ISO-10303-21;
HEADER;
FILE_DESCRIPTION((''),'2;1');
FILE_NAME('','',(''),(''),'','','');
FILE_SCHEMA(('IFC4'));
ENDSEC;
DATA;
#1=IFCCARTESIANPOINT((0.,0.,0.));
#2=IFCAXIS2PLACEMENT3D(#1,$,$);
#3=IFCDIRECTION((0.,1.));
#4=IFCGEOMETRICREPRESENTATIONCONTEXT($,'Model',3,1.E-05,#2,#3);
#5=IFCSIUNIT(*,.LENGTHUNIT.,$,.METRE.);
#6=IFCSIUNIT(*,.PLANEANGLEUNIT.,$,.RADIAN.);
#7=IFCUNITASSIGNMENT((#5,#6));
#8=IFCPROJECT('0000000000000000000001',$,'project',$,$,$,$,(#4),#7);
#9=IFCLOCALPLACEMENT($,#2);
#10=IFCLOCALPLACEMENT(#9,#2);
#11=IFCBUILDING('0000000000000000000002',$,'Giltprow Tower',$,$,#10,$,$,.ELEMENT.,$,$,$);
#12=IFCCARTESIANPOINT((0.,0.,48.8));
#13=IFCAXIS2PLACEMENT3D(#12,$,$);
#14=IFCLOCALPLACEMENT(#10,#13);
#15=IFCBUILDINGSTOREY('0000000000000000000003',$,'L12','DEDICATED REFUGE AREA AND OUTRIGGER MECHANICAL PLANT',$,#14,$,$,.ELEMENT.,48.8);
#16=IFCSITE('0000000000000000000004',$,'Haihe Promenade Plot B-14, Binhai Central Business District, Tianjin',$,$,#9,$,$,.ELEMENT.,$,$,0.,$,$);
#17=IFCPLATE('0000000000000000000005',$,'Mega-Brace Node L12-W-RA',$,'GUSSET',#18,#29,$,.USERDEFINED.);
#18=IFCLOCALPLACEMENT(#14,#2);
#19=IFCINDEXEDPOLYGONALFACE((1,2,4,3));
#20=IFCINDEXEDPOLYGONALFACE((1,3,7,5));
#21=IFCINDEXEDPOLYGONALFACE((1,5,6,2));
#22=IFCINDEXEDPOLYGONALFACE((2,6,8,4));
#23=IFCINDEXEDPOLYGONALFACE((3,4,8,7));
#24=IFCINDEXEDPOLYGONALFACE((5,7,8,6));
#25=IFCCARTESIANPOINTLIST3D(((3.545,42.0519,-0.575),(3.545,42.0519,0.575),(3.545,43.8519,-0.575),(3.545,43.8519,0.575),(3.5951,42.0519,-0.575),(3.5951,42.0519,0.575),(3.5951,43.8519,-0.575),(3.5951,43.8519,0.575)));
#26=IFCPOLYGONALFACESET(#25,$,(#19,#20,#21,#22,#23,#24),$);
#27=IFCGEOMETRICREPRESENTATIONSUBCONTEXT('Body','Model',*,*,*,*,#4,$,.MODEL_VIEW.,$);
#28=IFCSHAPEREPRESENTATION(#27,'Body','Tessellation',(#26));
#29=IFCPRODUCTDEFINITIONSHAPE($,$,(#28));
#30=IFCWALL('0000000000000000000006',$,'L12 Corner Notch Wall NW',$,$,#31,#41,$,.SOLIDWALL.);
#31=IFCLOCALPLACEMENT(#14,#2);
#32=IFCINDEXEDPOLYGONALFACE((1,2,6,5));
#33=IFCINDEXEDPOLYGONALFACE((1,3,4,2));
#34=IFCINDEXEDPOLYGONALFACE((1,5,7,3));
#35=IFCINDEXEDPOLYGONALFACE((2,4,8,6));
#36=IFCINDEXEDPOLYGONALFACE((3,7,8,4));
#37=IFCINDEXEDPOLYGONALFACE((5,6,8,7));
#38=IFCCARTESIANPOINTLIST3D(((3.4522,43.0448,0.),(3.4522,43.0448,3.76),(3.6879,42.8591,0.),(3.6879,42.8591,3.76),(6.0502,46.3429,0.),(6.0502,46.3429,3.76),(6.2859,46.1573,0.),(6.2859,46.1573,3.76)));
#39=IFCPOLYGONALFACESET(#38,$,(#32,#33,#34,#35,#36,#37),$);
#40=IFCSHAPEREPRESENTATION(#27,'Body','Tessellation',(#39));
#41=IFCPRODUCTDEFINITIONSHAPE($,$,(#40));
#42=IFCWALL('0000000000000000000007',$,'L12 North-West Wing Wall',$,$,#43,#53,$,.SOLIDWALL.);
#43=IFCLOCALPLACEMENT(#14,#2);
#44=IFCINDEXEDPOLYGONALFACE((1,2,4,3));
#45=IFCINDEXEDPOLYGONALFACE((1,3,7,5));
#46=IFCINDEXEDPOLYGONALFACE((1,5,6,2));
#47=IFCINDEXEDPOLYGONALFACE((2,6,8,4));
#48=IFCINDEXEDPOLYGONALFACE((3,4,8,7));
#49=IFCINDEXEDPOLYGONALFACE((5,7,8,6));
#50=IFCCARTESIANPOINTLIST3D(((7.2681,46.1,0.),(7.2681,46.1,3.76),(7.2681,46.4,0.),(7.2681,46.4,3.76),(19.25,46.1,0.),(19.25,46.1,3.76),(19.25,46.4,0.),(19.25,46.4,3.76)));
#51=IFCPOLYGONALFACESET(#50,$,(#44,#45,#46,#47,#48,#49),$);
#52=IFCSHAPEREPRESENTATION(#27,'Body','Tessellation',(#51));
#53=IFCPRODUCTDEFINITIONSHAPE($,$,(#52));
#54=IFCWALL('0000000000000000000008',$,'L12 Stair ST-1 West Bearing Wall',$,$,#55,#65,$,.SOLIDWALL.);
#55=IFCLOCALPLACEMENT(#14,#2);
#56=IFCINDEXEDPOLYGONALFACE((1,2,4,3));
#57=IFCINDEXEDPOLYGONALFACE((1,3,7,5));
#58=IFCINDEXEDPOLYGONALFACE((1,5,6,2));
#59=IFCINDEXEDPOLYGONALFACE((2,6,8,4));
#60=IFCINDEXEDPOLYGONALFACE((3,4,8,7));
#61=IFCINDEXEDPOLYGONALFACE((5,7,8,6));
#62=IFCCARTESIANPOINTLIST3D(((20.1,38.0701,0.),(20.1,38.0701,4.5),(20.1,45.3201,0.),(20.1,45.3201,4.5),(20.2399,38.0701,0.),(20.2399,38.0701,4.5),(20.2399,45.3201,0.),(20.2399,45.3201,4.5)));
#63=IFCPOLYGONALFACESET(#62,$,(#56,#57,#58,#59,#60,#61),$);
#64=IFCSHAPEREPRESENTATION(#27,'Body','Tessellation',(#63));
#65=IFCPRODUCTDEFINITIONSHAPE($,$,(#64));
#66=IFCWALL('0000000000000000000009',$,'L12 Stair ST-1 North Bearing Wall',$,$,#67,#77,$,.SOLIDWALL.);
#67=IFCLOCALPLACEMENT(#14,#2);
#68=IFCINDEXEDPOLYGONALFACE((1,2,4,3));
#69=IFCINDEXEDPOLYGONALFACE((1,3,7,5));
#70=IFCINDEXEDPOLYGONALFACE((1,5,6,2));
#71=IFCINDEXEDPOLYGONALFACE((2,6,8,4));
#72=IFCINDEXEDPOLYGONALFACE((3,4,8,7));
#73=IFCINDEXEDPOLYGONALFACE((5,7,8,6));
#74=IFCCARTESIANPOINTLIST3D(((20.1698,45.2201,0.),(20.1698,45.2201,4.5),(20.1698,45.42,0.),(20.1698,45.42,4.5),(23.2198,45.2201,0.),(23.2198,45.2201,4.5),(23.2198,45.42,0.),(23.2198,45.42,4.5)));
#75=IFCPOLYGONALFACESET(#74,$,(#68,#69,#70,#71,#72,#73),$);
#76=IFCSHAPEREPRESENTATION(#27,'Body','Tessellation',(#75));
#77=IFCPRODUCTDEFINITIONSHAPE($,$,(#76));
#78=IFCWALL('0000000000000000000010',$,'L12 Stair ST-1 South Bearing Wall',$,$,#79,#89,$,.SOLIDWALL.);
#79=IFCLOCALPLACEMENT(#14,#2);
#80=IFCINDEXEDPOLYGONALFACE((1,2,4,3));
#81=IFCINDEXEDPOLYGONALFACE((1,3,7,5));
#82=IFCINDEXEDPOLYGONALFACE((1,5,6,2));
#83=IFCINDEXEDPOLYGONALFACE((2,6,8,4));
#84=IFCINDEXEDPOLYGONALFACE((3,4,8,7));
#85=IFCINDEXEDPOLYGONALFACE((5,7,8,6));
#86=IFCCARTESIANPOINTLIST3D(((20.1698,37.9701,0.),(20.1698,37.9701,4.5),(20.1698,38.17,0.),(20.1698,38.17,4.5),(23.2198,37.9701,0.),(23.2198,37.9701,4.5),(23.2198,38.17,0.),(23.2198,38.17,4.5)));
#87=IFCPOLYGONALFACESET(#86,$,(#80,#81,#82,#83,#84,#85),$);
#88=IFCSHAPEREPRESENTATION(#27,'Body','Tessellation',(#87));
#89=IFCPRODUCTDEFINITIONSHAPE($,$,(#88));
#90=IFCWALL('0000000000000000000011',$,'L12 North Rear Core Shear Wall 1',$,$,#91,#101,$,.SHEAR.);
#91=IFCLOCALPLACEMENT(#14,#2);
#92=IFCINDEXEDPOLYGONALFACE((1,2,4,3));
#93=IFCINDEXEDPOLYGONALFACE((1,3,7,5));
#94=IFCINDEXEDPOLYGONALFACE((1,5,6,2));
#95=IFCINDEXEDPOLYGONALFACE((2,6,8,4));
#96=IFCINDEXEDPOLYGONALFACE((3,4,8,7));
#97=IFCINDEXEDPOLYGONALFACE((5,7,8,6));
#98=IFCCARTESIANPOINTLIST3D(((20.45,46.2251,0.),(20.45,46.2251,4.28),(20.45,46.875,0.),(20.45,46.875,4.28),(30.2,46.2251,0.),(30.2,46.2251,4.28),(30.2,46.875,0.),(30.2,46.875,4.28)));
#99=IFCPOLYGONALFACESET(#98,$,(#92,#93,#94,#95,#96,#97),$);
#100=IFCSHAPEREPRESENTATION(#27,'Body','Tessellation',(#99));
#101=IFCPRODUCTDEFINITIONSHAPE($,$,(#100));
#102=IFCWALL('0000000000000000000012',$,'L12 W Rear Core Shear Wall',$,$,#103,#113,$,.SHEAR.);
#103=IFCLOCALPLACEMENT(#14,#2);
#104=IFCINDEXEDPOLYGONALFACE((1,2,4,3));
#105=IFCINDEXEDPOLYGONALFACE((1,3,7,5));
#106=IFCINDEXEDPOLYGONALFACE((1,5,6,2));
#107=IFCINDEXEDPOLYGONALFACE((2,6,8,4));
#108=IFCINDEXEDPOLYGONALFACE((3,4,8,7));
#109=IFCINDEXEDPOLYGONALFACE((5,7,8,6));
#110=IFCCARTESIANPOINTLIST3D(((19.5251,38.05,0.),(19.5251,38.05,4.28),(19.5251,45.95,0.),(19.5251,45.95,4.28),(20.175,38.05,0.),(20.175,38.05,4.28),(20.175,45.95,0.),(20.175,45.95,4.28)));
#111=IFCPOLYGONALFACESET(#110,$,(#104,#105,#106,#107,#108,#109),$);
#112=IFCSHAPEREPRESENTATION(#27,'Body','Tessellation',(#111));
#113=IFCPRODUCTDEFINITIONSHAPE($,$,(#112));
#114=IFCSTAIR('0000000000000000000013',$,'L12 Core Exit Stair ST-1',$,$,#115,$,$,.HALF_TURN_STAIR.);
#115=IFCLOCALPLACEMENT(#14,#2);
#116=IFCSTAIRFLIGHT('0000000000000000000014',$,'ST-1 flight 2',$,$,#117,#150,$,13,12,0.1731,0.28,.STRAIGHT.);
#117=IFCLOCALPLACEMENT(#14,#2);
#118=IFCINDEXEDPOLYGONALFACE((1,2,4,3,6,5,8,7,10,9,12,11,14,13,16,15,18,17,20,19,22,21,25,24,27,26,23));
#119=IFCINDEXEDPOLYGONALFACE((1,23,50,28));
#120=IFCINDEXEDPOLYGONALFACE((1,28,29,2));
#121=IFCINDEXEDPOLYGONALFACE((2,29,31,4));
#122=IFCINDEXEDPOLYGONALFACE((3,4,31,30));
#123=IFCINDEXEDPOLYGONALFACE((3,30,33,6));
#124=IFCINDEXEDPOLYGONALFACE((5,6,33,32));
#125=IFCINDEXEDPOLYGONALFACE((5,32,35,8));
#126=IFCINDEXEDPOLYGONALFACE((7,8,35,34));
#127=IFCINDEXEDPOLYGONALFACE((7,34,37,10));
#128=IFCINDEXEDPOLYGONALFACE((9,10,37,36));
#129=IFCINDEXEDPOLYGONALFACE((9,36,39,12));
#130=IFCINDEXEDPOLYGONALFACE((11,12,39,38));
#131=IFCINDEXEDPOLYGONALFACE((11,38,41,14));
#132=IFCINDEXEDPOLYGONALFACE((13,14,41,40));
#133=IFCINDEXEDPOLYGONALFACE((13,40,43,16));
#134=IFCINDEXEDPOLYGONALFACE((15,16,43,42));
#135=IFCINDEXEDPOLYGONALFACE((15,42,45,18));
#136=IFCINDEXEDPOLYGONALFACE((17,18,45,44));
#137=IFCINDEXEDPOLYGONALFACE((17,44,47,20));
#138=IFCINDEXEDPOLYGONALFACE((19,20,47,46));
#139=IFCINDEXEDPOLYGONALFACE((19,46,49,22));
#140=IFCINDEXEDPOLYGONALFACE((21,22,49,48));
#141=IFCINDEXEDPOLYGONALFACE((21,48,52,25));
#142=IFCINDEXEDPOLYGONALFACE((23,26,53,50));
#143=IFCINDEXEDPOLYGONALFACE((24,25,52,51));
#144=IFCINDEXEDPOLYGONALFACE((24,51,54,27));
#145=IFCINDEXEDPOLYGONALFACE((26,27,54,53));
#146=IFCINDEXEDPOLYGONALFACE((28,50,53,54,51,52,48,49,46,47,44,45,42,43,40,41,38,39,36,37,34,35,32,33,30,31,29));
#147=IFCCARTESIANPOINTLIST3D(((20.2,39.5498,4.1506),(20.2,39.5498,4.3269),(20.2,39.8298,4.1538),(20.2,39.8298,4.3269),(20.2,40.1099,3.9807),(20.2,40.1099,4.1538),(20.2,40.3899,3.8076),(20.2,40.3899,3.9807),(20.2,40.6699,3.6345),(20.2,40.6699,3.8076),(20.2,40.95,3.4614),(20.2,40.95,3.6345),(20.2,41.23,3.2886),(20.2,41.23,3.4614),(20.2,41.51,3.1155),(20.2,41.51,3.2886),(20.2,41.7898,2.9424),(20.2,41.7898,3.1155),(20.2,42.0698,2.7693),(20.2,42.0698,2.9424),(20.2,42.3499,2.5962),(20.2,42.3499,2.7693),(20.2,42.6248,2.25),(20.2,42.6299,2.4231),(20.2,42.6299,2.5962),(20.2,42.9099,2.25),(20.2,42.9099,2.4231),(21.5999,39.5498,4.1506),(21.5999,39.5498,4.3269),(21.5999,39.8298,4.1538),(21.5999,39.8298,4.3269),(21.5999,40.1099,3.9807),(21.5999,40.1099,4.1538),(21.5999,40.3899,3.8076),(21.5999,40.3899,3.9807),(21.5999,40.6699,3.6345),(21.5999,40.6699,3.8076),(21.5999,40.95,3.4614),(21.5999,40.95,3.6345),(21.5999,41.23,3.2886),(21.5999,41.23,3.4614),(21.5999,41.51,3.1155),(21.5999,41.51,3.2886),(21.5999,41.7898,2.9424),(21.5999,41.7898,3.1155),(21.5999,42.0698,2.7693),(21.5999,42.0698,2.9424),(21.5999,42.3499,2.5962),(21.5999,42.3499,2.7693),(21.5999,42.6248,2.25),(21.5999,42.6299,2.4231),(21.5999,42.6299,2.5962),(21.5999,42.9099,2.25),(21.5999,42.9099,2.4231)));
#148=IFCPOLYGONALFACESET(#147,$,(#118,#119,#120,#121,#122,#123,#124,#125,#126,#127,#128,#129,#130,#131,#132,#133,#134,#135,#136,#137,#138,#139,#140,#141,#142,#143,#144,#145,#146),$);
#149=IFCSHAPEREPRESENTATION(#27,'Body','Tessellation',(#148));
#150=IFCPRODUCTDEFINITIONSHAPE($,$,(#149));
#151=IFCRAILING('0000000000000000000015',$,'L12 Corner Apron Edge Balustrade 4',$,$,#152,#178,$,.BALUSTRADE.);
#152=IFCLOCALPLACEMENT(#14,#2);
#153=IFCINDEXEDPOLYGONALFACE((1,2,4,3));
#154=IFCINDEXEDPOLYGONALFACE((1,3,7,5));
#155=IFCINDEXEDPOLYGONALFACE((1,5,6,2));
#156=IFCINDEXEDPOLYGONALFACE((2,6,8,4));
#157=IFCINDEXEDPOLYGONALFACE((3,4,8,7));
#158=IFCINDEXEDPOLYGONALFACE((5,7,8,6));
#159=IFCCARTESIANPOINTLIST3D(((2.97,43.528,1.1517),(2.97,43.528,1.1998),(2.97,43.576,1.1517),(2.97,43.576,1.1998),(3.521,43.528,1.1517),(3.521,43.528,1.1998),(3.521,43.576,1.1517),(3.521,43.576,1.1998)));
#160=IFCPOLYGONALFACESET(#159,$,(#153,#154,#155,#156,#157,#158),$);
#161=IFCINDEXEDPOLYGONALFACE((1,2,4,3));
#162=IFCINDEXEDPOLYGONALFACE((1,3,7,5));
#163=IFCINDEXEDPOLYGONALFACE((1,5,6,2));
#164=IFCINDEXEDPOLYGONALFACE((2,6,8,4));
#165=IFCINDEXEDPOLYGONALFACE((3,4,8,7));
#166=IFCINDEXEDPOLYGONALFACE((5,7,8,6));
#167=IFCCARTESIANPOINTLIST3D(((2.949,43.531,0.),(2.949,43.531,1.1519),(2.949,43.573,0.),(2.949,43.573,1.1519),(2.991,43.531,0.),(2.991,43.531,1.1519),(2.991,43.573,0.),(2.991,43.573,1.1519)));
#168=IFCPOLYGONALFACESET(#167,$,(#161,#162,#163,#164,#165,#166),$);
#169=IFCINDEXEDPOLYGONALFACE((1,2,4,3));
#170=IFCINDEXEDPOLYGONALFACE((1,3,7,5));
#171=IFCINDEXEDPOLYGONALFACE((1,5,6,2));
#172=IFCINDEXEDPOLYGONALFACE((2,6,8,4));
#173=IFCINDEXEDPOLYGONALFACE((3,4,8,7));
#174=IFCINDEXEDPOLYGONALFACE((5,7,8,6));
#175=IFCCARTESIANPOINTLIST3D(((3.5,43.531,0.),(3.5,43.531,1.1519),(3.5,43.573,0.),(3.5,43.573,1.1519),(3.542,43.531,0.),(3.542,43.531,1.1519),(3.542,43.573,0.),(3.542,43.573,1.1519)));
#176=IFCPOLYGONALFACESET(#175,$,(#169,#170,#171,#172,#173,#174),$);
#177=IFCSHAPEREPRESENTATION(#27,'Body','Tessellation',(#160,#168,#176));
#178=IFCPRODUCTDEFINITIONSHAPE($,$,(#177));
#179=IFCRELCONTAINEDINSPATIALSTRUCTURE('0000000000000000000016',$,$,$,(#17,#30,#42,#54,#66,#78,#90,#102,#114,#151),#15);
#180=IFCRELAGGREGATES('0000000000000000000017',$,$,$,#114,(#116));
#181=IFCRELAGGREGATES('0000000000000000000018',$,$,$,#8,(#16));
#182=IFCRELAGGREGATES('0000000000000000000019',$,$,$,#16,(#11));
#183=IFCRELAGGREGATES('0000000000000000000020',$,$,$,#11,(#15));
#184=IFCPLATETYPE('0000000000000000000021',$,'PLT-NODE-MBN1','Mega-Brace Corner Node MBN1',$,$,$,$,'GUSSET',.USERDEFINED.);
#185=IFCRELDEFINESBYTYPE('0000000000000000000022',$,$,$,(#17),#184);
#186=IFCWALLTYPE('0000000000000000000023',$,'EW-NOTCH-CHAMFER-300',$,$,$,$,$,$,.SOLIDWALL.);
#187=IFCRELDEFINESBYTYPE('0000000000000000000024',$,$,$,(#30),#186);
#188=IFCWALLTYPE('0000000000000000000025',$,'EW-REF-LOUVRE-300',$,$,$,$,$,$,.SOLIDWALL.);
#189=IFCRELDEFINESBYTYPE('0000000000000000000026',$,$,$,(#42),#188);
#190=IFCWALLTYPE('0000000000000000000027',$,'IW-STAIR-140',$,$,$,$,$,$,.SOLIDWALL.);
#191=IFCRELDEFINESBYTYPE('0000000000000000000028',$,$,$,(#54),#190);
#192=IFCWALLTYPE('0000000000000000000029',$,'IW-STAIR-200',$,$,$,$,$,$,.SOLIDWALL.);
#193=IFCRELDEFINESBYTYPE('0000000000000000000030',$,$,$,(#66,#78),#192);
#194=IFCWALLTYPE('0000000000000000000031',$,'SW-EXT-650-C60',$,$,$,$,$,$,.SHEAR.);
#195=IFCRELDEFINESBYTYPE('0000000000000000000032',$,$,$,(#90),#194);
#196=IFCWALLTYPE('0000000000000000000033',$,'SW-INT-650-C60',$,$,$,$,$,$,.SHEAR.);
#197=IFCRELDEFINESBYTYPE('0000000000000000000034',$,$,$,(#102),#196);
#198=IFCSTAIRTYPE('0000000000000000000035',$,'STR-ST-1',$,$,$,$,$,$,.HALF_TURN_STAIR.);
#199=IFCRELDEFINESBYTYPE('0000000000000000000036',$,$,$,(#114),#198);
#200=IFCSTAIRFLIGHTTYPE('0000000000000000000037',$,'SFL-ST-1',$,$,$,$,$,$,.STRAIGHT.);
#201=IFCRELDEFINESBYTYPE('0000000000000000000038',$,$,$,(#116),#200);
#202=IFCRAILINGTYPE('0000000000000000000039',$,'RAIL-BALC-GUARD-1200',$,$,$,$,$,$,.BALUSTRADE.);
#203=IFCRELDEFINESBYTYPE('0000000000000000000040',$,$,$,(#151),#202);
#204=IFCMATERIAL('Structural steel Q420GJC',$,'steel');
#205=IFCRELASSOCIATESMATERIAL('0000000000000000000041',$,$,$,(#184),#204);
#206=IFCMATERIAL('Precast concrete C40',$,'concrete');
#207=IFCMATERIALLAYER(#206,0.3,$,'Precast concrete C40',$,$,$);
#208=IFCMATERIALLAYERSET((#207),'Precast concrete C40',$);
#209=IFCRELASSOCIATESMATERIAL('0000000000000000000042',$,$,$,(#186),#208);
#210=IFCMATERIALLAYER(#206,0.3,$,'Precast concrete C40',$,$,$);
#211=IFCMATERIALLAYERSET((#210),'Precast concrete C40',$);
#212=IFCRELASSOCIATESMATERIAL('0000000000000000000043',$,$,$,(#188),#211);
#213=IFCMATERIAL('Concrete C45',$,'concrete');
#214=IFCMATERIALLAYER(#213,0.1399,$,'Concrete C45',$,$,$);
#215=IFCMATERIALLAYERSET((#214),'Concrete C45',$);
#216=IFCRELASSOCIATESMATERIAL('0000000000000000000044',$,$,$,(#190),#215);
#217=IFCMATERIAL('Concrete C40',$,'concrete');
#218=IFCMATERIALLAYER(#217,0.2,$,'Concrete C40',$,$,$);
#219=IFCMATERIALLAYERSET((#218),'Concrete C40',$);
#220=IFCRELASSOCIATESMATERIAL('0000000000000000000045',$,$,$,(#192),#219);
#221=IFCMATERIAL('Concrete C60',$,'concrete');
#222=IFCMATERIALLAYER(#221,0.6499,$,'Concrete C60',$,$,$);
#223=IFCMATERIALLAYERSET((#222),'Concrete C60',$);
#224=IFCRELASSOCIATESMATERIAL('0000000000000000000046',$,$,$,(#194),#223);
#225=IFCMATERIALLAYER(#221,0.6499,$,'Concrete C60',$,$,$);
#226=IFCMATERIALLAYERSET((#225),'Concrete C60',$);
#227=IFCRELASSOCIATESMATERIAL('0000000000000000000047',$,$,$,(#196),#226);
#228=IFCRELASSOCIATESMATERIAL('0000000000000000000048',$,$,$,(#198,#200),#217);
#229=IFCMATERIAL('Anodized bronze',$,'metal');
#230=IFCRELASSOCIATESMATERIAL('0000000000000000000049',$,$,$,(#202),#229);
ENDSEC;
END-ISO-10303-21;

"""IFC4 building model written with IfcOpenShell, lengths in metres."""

from ifc_helpers import new_model, si_unit, direction, frame, frame_2d, origin, origin_2d, place, context, subcontext, project, spatial, polyline, rectangle, outline, extrude, source, transform, mapped, material, layer, layer_set, type_object, element, aggregate, save


model = new_model("IFC4")

# Units and contexts
model_context = context("Model", 3, precision=1e-05, world=origin(), true_north=direction((0.0, 1.0)))
body_context = subcontext(model_context, "Body", "Model", "MODEL_VIEW")
ifc_project = project(units=[si_unit("LENGTHUNIT", "METRE"), si_unit("PLANEANGLEUNIT", "RADIAN")], contexts=[model_context])

# Site, building, storey
site_placement = place(None, origin())
site = spatial("IfcSite", under=ifc_project, at=site_placement, Name="Haihe Promenade Plot B-14, Binhai Central Business District, Tianjin", CompositionType="ELEMENT", RefElevation=0.0)
building_placement = place(site_placement, origin())
building = spatial("IfcBuilding", under=site, at=building_placement, Name="Giltprow Tower", CompositionType="ELEMENT")
storey_placement = place(building_placement, frame((0.0, 0.0, 48.8)))
storey = spatial("IfcBuildingStorey", under=building, at=storey_placement, Name="L12", Description="DEDICATED REFUGE AREA AND OUTRIGGER MECHANICAL PLANT", CompositionType="ELEMENT", Elevation=48.8)

# Shared definitions
ifc_material_1 = material(Name="Concrete C60", Category="concrete")
ifc_material_2 = material(Name="Structural steel Q420GJC", Category="steel")

# Plate
plate_type = type_object("IfcPlateType", Name="PLT-NODE-MBN1", Description="Mega-Brace Corner Node MBN1", ElementType="GUSSET", PredefinedType="USERDEFINED", material=ifc_material_2)
shared_shape_1 = source(origin(), body_context, "Body", "SweptSolid", [
    extrude(rectangle(XDim=1.8, YDim=0.05, at=origin_2d()), origin(), (0.0, 0.0, 1.0), 1.1499),
])
for number, where, z_axis, x_axis, name in (
    (1, (3.5701, 42.9519, -0.575), (0.0, 0.0, 1.0), (0.0, 1.0, 0.0), "Mega-Brace Node L12-W-RA"),
):
    element("IfcPlate", number, at=place(storey_placement, frame(where, z_axis=z_axis, x_axis=x_axis)), inside=storey, type_object=plate_type, Name=name, ObjectType="GUSSET", PredefinedType="USERDEFINED", context=body_context, shape_type="MappedRepresentation", body=[
        mapped(shared_shape_1, transform((0.0, 0.0, 0.0), x_axis=(1.0, 0.0, 0.0), y_axis=(0.0, 1.0, 0.0), z_axis=(0.0, 0.0, 1.0), scale=1.0)),
    ])

# Walls
ifc_material_3 = material(Name="Precast concrete C40", Category="concrete")
ifc_layer_1 = layer(ifc_material_3, 0.3, Name="Precast concrete C40")
ifc_layer_set_1 = layer_set([ifc_layer_1], Name="Precast concrete C40")
wall_type_1 = type_object("IfcWallType", Name="EW-NOTCH-CHAMFER-300", PredefinedType="SOLIDWALL", material=ifc_layer_set_1)
wall_1_placement = place(storey_placement, frame((6.168, 46.25, 0.0), z_axis=(0.0, 0.0, 1.0), x_axis=(-0.618784, -0.785561, 0.0)))
element("IfcWall", 2, at=wall_1_placement, inside=storey, type_object=wall_type_1, Name="L12 Corner Notch Wall NW", PredefinedType="SOLIDWALL", context=body_context, shape_type="SweptSolid", body=[
    extrude(rectangle(XDim=4.1985, YDim=0.3, at=frame_2d((2.0991, 0.0))), origin(), (0.0, 0.0, 1.0), 3.76),
])
ifc_layer_2 = layer(ifc_material_3, 0.3, Name="Precast concrete C40")
ifc_layer_set_2 = layer_set([ifc_layer_2], Name="Precast concrete C40")
wall_type_2 = type_object("IfcWallType", Name="EW-REF-LOUVRE-300", PredefinedType="SOLIDWALL", material=ifc_layer_set_2)
wall_2_placement = place(storey_placement, frame((7.2681, 46.25, 0.0), z_axis=(0.0, 0.0, 1.0), x_axis=(1.0, 0.0, 0.0)))
element("IfcWall", 3, at=wall_2_placement, inside=storey, type_object=wall_type_2, Name="L12 North-West Wing Wall", PredefinedType="SOLIDWALL", context=body_context, shape_type="SweptSolid", body=[
    extrude(rectangle(XDim=11.9819, YDim=0.3, at=frame_2d((5.991, 0.0))), origin(), (0.0, 0.0, 1.0), 3.76),
])
ifc_material_4 = material(Name="Concrete C45", Category="concrete")
ifc_layer_3 = layer(ifc_material_4, 0.1399, Name="Concrete C45")
ifc_layer_set_3 = layer_set([ifc_layer_3], Name="Concrete C45")
wall_type_3 = type_object("IfcWallType", Name="IW-STAIR-140", PredefinedType="SOLIDWALL", material=ifc_layer_set_3)
wall_3_placement = place(storey_placement, frame((20.1699, 38.0701, 0.0), z_axis=(0.0, 0.0, 1.0), x_axis=(0.0, 1.0, 0.0)))
element("IfcWall", 4, at=wall_3_placement, inside=storey, type_object=wall_type_3, Name="L12 Stair ST-1 West Bearing Wall", PredefinedType="SOLIDWALL", context=body_context, shape_type="SweptSolid", body=[
    extrude(rectangle(XDim=7.25, YDim=0.1399, at=frame_2d((3.625, 0.0))), origin(), (0.0, 0.0, 1.0), 4.5),
])
ifc_material_5 = material(Name="Concrete C40", Category="concrete")
ifc_layer_4 = layer(ifc_material_5, 0.2, Name="Concrete C40")
ifc_layer_set_4 = layer_set([ifc_layer_4], Name="Concrete C40")
wall_type_4 = type_object("IfcWallType", Name="IW-STAIR-200", PredefinedType="SOLIDWALL", material=ifc_layer_set_4)
for number, where, z_axis, x_axis, name in (
    (5, (20.1699, 45.3201, 0.0), (0.0, 0.0, 1.0), (1.0, 0.0, 0.0), "L12 Stair ST-1 North Bearing Wall"),
    (6, (20.1699, 38.0701, 0.0), (0.0, 0.0, 1.0), (1.0, 0.0, 0.0), "L12 Stair ST-1 South Bearing Wall"),
):
    element("IfcWall", number, at=place(storey_placement, frame(where, z_axis=z_axis, x_axis=x_axis)), inside=storey, type_object=wall_type_4, Name=name, PredefinedType="SOLIDWALL", context=body_context, shape_type="SweptSolid", body=[
        extrude(rectangle(XDim=3.05, YDim=0.2, at=frame_2d((1.5249, 0.0))), origin(), (0.0, 0.0, 1.0), 4.5),
    ])
ifc_layer_5 = layer(ifc_material_1, 0.6499, Name="Concrete C60")
ifc_layer_set_5 = layer_set([ifc_layer_5], Name="Concrete C60")
wall_type_5 = type_object("IfcWallType", Name="SW-EXT-650-C60", PredefinedType="SHEAR", material=ifc_layer_set_5)
wall_4_placement = place(storey_placement, frame((20.45, 46.55, 0.0), z_axis=(0.0, 0.0, 1.0), x_axis=(1.0, 0.0, 0.0)))
element("IfcWall", 7, at=wall_4_placement, inside=storey, type_object=wall_type_5, Name="L12 North Rear Core Shear Wall 1", PredefinedType="SHEAR", context=body_context, shape_type="SweptSolid", body=[
    extrude(rectangle(XDim=9.75, YDim=0.6499, at=frame_2d((4.875, 0.0))), origin(), (0.0, 0.0, 1.0), 4.28),
])
ifc_layer_6 = layer(ifc_material_1, 0.6499, Name="Concrete C60")
ifc_layer_set_6 = layer_set([ifc_layer_6], Name="Concrete C60")
wall_type_6 = type_object("IfcWallType", Name="SW-INT-650-C60", PredefinedType="SHEAR", material=ifc_layer_set_6)
wall_5_placement = place(storey_placement, frame((19.8501, 38.05, 0.0), z_axis=(0.0, 0.0, 1.0), x_axis=(0.0, 1.0, 0.0)))
element("IfcWall", 8, at=wall_5_placement, inside=storey, type_object=wall_type_6, Name="L12 W Rear Core Shear Wall", PredefinedType="SHEAR", context=body_context, shape_type="SweptSolid", body=[
    extrude(rectangle(XDim=7.8999, YDim=0.6499, at=frame_2d((3.95, 0.0))), origin(), (0.0, 0.0, 1.0), 4.28),
])

# Stair, stair flight
stair_type = type_object("IfcStairType", Name="STR-ST-1", PredefinedType="HALF_TURN_STAIR", material=ifc_material_5)
stair_placement = place(storey_placement, origin())
stair = element("IfcStair", 9, at=stair_placement, inside=storey, type_object=stair_type, Name="L12 Core Exit Stair ST-1", PredefinedType="HALF_TURN_STAIR")
stair_flight_type = type_object("IfcStairFlightType", Name="SFL-ST-1", PredefinedType="STRAIGHT", material=ifc_material_5)
stair_flight_placement = place(storey_placement, frame((20.8999, 42.9099, 2.25), z_axis=(0.0, 0.0, 1.0), x_axis=(0.0, -1.0, 0.0)))
stair_flight = element("IfcStairFlight", 10, at=stair_flight_placement, type_object=stair_flight_type, Name="ST-1 flight 2", NumberOfRisers=13, NumberOfTreads=12, PredefinedType="STRAIGHT", RiserHeight=0.1731, TreadLength=0.28, context=body_context, shape_type="SweptSolid", body=[
    extrude(outline(polyline([(0.0, 0.0), (0.0, 0.1731), (0.28, 0.1731), (0.28, 0.3462), (0.5601, 0.3462), (0.5601, 0.5193), (0.8401, 0.5193), (0.8401, 0.6924), (1.1201, 0.6924), (1.1201, 0.8655), (1.3999, 0.8655), (1.3999, 1.0386), (1.6799, 1.0386), (1.6799, 1.2114), (1.96, 1.2114), (1.96, 1.3845), (2.24, 1.3845), (2.24, 1.5576), (2.52, 1.5576), (2.52, 1.7307), (2.8, 1.7307), (2.8, 1.9038), (3.0801, 1.9038), (3.0801, 2.0769), (3.3601, 2.0769), (3.3601, 2.25), (3.3601, 1.9006), (0.2852, 0.0), (0.0, 0.0)])), frame((0.0, 0.7, 0.0), z_axis=(0.0, -1.0, 0.0), x_axis=(1.0, 0.0, 0.0)), (0.0, 0.0, 1.0), 1.3999),
])
aggregate(stair, [stair_flight])

# Railing
ifc_material_6 = material(Name="Anodized bronze", Category="metal")
railing_type_1 = type_object("IfcRailingType", Name="RAIL-BALC-GUARD-1200", PredefinedType="BALUSTRADE", material=ifc_material_6)
railing_1_placement = place(storey_placement, frame((2.97, 43.552, 0.0)))
element("IfcRailing", 11, at=railing_1_placement, inside=storey, type_object=railing_type_1, Name="L12 Corner Apron Edge Balustrade 4", PredefinedType="BALUSTRADE", context=body_context, shape_type="SweptSolid", body=[
    extrude(rectangle(XDim=0.0481, YDim=0.0481, at=origin_2d()), frame((0.0, 0.0, 1.1758), z_axis=(1.0, 0.0, 0.0), x_axis=(0.0, 1.0, 0.0)), (0.0, 0.0, 1.0), 0.551),
    extrude(rectangle(XDim=0.042, YDim=0.042, at=origin_2d()), origin(), (0.0, 0.0, 1.0), 1.1519),
    extrude(rectangle(XDim=0.042, YDim=0.042, at=origin_2d()), frame((0.551, 0.0, 0.0)), (0.0, 0.0, 1.0), 1.1519),
])

save(model, "model.ifc")
